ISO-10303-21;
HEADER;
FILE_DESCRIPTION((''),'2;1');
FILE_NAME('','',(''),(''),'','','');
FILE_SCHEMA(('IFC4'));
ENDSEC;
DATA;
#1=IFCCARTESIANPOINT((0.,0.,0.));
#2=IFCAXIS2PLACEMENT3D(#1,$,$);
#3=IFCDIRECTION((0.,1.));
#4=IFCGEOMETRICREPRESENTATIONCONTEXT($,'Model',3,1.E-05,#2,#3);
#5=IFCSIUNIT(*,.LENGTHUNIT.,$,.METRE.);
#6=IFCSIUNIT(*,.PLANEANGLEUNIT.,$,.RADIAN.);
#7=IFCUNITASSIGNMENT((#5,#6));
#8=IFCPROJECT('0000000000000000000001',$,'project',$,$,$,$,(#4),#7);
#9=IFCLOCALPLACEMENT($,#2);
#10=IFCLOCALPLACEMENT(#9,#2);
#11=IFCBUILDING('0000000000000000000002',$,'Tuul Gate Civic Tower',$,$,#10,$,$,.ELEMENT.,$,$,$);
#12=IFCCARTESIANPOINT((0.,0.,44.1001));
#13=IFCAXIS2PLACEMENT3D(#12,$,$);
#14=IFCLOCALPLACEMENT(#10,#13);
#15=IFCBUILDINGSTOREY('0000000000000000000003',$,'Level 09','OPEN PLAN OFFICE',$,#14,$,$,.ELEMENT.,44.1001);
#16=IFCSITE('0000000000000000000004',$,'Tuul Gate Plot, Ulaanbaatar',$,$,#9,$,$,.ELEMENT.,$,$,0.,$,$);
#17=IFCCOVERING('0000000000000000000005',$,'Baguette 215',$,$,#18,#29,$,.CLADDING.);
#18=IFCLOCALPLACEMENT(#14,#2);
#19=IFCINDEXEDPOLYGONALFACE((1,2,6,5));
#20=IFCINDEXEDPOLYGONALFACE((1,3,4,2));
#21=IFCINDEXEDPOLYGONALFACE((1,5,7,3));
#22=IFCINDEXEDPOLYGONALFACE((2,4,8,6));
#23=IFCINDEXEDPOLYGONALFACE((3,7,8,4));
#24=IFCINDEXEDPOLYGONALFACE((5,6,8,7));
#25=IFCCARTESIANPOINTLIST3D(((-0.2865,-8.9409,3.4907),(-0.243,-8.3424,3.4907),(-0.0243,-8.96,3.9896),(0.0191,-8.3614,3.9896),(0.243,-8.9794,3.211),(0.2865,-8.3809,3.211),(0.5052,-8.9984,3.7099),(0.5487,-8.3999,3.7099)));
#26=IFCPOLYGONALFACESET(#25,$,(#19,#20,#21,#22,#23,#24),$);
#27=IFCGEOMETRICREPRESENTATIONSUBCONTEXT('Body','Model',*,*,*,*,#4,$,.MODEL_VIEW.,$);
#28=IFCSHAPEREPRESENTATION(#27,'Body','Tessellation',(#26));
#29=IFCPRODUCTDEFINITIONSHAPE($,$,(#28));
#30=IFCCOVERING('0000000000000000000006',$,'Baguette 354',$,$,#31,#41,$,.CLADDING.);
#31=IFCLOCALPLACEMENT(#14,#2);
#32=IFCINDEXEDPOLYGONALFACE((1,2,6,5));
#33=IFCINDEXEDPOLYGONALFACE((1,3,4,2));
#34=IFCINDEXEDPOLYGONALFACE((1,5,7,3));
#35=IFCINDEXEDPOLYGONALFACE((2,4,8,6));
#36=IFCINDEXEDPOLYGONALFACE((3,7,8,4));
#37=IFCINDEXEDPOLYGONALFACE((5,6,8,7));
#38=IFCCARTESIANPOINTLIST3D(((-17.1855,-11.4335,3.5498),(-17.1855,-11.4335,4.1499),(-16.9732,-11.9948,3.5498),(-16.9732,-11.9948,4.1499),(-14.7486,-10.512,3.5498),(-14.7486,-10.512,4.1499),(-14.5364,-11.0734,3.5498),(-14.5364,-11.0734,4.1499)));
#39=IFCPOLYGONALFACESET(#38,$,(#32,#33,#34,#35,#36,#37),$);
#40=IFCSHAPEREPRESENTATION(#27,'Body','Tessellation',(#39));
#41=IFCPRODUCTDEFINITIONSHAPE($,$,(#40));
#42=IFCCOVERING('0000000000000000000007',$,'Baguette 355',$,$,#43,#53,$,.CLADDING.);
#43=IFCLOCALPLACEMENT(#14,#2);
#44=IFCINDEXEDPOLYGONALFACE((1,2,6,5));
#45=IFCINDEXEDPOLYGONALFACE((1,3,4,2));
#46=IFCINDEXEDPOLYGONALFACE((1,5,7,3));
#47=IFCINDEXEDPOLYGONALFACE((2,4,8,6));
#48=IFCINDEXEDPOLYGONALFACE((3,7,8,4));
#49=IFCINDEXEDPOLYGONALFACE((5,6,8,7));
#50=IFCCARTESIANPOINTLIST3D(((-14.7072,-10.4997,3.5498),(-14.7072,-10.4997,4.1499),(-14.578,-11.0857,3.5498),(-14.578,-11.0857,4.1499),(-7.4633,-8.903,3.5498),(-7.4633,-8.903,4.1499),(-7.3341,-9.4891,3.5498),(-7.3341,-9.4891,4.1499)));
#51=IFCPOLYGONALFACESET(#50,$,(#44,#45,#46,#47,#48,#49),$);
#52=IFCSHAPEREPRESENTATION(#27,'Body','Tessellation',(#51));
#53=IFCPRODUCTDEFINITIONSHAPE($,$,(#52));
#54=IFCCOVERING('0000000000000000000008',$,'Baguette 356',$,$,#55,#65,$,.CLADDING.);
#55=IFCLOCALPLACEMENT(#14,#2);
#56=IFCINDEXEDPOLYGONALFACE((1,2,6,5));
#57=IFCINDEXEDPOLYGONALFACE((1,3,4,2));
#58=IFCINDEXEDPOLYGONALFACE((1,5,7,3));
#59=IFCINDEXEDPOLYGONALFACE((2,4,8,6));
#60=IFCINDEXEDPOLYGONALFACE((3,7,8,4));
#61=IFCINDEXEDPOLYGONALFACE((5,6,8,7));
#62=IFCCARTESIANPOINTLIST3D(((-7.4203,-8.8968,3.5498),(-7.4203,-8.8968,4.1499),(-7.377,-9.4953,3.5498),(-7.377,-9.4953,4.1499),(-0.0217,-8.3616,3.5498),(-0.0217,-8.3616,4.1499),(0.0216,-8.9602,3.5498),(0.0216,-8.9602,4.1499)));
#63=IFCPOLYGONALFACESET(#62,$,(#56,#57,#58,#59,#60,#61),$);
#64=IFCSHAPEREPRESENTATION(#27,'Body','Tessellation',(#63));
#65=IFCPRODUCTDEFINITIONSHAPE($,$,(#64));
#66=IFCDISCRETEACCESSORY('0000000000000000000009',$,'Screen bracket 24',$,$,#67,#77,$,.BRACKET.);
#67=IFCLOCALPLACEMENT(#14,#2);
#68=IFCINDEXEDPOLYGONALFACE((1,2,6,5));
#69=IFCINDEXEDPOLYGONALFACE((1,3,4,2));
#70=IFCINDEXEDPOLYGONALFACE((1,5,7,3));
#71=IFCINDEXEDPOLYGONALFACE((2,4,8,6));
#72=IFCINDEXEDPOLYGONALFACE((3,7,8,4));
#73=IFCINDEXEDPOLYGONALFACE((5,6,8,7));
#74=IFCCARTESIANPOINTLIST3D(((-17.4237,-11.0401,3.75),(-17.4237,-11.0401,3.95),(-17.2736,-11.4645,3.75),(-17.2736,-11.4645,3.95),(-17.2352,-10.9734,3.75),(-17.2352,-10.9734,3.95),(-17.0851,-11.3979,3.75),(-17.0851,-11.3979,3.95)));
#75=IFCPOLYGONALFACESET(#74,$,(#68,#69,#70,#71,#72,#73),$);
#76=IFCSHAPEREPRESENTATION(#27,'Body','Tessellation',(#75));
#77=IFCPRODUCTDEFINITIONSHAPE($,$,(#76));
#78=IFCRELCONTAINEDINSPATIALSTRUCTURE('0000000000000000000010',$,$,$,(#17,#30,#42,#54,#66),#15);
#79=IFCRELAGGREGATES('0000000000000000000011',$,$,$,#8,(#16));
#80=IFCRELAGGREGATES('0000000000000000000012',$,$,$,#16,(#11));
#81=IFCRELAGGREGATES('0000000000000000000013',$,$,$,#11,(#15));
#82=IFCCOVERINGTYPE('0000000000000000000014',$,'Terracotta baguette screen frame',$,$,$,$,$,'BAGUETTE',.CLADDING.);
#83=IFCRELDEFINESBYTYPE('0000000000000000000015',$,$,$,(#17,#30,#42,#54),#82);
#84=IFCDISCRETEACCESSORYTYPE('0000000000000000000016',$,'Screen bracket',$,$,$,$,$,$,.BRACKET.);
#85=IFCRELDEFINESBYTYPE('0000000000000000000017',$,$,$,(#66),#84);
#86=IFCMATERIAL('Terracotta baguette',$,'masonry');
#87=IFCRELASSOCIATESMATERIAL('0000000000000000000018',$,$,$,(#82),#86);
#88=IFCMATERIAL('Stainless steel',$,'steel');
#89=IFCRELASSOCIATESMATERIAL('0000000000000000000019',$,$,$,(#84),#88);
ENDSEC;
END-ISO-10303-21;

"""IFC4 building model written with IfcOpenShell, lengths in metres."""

from ifc_helpers import new_model, si_unit, direction, frame, origin, origin_2d, place, context, subcontext, project, spatial, rectangle, extrude, material, material_profile, profile_set, type_object, element, save


model = new_model("IFC4")

# Units and contexts
model_context = context("Model", 3, precision=1e-05, world=origin(), true_north=direction((0.0, 1.0)))
body_context = subcontext(model_context, "Body", "Model", "MODEL_VIEW")
ifc_project = project(units=[si_unit("LENGTHUNIT", "METRE"), si_unit("PLANEANGLEUNIT", "RADIAN")], contexts=[model_context])

# Site, building, storey
site_placement = place(None, origin())
site = spatial("IfcSite", under=ifc_project, at=site_placement, Name="Tuul Gate Plot, Ulaanbaatar", CompositionType="ELEMENT", RefElevation=0.0)
building_placement = place(site_placement, origin())
building = spatial("IfcBuilding", under=site, at=building_placement, Name="Tuul Gate Civic Tower", CompositionType="ELEMENT")
storey_placement = place(building_placement, frame((0.0, 0.0, 44.1001)))
storey = spatial("IfcBuildingStorey", under=building, at=storey_placement, Name="Level 09", Description="OPEN PLAN OFFICE", CompositionType="ELEMENT", Elevation=44.1001)

# Coverings
ifc_material_1 = material(Name="Terracotta baguette", Category="masonry")
ifc_material_profile_1 = material_profile(ifc_material_1, rectangle(XDim=0.6001, YDim=0.6001, at=origin_2d()), Name="Terracotta baguette screen frame")
ifc_profile_set_1 = profile_set([ifc_material_profile_1], Name="Terracotta baguette")
covering_type = type_object("IfcCoveringType", Name="Terracotta baguette screen frame", ElementType="BAGUETTE", PredefinedType="CLADDING", material=ifc_profile_set_1)
covering_1_placement = place(storey_placement, frame((0.0, -8.6609, 3.3508), z_axis=(0.464874, -0.033762, 0.884733), x_axis=(0.072435, 0.997373, 0.0)))
element("IfcCovering", 1, at=covering_1_placement, inside=storey, type_object=covering_type, Name="Baguette 215", PredefinedType="CLADDING", context=body_context, shape_type="SweptSolid", body=[
    extrude(rectangle(XDim=0.6001, YDim=0.6001, at=origin_2d()), origin(), (0.0, 0.0, 1.0), 0.564),
])
covering_2_placement = place(storey_placement, frame((-17.0793, -11.7141, 3.8499), z_axis=(0.935367, 0.353679, 0.0), x_axis=(-0.353679, 0.935367, 0.0)))
element("IfcCovering", 2, at=covering_2_placement, inside=storey, type_object=covering_type, Name="Baguette 354", PredefinedType="CLADDING", context=body_context, shape_type="SweptSolid", body=[
    extrude(rectangle(XDim=0.6001, YDim=0.6001, at=origin_2d()), origin(), (0.0, 0.0, 1.0), 2.6052),
])
covering_3_placement = place(storey_placement, frame((-14.6426, -10.7927, 3.8499), z_axis=(0.976559, 0.21525, 0.0), x_axis=(-0.21525, 0.976559, 0.0)))
element("IfcCovering", 3, at=covering_3_placement, inside=storey, type_object=covering_type, Name="Baguette 355", PredefinedType="CLADDING", context=body_context, shape_type="SweptSolid", body=[
    extrude(rectangle(XDim=0.6001, YDim=0.6001, at=origin_2d()), origin(), (0.0, 0.0, 1.0), 7.4177),
])
covering_4_placement = place(storey_placement, frame((-7.3987, -9.196, 3.8499), z_axis=(0.997394, 0.072143, 0.0), x_axis=(-0.072143, 0.997394, 0.0)))
element("IfcCovering", 4, at=covering_4_placement, inside=storey, type_object=covering_type, Name="Baguette 356", PredefinedType="CLADDING", context=body_context, shape_type="SweptSolid", body=[
    extrude(rectangle(XDim=0.6001, YDim=0.6001, at=origin_2d()), origin(), (0.0, 0.0, 1.0), 7.418),
])

# Discrete accessory
ifc_material_2 = material(Name="Stainless steel", Category="steel")
discrete_accessory_type = type_object("IfcDiscreteAccessoryType", Name="Screen bracket", PredefinedType="BRACKET", material=ifc_material_2)
discrete_accessory_placement = place(storey_placement, frame((-17.2544, -11.219, 3.75), z_axis=(0.0, 0.0, 1.0), x_axis=(0.333465, -0.942763, 0.0)))
element("IfcDiscreteAccessory", 5, at=discrete_accessory_placement, inside=storey, type_object=discrete_accessory_type, Name="Screen bracket 24", PredefinedType="BRACKET", context=body_context, shape_type="SweptSolid", body=[
    extrude(rectangle(XDim=0.4502, YDim=0.2, at=origin_2d()), origin(), (0.0, 0.0, 1.0), 0.2),
])

save(model, "model.ifc")
